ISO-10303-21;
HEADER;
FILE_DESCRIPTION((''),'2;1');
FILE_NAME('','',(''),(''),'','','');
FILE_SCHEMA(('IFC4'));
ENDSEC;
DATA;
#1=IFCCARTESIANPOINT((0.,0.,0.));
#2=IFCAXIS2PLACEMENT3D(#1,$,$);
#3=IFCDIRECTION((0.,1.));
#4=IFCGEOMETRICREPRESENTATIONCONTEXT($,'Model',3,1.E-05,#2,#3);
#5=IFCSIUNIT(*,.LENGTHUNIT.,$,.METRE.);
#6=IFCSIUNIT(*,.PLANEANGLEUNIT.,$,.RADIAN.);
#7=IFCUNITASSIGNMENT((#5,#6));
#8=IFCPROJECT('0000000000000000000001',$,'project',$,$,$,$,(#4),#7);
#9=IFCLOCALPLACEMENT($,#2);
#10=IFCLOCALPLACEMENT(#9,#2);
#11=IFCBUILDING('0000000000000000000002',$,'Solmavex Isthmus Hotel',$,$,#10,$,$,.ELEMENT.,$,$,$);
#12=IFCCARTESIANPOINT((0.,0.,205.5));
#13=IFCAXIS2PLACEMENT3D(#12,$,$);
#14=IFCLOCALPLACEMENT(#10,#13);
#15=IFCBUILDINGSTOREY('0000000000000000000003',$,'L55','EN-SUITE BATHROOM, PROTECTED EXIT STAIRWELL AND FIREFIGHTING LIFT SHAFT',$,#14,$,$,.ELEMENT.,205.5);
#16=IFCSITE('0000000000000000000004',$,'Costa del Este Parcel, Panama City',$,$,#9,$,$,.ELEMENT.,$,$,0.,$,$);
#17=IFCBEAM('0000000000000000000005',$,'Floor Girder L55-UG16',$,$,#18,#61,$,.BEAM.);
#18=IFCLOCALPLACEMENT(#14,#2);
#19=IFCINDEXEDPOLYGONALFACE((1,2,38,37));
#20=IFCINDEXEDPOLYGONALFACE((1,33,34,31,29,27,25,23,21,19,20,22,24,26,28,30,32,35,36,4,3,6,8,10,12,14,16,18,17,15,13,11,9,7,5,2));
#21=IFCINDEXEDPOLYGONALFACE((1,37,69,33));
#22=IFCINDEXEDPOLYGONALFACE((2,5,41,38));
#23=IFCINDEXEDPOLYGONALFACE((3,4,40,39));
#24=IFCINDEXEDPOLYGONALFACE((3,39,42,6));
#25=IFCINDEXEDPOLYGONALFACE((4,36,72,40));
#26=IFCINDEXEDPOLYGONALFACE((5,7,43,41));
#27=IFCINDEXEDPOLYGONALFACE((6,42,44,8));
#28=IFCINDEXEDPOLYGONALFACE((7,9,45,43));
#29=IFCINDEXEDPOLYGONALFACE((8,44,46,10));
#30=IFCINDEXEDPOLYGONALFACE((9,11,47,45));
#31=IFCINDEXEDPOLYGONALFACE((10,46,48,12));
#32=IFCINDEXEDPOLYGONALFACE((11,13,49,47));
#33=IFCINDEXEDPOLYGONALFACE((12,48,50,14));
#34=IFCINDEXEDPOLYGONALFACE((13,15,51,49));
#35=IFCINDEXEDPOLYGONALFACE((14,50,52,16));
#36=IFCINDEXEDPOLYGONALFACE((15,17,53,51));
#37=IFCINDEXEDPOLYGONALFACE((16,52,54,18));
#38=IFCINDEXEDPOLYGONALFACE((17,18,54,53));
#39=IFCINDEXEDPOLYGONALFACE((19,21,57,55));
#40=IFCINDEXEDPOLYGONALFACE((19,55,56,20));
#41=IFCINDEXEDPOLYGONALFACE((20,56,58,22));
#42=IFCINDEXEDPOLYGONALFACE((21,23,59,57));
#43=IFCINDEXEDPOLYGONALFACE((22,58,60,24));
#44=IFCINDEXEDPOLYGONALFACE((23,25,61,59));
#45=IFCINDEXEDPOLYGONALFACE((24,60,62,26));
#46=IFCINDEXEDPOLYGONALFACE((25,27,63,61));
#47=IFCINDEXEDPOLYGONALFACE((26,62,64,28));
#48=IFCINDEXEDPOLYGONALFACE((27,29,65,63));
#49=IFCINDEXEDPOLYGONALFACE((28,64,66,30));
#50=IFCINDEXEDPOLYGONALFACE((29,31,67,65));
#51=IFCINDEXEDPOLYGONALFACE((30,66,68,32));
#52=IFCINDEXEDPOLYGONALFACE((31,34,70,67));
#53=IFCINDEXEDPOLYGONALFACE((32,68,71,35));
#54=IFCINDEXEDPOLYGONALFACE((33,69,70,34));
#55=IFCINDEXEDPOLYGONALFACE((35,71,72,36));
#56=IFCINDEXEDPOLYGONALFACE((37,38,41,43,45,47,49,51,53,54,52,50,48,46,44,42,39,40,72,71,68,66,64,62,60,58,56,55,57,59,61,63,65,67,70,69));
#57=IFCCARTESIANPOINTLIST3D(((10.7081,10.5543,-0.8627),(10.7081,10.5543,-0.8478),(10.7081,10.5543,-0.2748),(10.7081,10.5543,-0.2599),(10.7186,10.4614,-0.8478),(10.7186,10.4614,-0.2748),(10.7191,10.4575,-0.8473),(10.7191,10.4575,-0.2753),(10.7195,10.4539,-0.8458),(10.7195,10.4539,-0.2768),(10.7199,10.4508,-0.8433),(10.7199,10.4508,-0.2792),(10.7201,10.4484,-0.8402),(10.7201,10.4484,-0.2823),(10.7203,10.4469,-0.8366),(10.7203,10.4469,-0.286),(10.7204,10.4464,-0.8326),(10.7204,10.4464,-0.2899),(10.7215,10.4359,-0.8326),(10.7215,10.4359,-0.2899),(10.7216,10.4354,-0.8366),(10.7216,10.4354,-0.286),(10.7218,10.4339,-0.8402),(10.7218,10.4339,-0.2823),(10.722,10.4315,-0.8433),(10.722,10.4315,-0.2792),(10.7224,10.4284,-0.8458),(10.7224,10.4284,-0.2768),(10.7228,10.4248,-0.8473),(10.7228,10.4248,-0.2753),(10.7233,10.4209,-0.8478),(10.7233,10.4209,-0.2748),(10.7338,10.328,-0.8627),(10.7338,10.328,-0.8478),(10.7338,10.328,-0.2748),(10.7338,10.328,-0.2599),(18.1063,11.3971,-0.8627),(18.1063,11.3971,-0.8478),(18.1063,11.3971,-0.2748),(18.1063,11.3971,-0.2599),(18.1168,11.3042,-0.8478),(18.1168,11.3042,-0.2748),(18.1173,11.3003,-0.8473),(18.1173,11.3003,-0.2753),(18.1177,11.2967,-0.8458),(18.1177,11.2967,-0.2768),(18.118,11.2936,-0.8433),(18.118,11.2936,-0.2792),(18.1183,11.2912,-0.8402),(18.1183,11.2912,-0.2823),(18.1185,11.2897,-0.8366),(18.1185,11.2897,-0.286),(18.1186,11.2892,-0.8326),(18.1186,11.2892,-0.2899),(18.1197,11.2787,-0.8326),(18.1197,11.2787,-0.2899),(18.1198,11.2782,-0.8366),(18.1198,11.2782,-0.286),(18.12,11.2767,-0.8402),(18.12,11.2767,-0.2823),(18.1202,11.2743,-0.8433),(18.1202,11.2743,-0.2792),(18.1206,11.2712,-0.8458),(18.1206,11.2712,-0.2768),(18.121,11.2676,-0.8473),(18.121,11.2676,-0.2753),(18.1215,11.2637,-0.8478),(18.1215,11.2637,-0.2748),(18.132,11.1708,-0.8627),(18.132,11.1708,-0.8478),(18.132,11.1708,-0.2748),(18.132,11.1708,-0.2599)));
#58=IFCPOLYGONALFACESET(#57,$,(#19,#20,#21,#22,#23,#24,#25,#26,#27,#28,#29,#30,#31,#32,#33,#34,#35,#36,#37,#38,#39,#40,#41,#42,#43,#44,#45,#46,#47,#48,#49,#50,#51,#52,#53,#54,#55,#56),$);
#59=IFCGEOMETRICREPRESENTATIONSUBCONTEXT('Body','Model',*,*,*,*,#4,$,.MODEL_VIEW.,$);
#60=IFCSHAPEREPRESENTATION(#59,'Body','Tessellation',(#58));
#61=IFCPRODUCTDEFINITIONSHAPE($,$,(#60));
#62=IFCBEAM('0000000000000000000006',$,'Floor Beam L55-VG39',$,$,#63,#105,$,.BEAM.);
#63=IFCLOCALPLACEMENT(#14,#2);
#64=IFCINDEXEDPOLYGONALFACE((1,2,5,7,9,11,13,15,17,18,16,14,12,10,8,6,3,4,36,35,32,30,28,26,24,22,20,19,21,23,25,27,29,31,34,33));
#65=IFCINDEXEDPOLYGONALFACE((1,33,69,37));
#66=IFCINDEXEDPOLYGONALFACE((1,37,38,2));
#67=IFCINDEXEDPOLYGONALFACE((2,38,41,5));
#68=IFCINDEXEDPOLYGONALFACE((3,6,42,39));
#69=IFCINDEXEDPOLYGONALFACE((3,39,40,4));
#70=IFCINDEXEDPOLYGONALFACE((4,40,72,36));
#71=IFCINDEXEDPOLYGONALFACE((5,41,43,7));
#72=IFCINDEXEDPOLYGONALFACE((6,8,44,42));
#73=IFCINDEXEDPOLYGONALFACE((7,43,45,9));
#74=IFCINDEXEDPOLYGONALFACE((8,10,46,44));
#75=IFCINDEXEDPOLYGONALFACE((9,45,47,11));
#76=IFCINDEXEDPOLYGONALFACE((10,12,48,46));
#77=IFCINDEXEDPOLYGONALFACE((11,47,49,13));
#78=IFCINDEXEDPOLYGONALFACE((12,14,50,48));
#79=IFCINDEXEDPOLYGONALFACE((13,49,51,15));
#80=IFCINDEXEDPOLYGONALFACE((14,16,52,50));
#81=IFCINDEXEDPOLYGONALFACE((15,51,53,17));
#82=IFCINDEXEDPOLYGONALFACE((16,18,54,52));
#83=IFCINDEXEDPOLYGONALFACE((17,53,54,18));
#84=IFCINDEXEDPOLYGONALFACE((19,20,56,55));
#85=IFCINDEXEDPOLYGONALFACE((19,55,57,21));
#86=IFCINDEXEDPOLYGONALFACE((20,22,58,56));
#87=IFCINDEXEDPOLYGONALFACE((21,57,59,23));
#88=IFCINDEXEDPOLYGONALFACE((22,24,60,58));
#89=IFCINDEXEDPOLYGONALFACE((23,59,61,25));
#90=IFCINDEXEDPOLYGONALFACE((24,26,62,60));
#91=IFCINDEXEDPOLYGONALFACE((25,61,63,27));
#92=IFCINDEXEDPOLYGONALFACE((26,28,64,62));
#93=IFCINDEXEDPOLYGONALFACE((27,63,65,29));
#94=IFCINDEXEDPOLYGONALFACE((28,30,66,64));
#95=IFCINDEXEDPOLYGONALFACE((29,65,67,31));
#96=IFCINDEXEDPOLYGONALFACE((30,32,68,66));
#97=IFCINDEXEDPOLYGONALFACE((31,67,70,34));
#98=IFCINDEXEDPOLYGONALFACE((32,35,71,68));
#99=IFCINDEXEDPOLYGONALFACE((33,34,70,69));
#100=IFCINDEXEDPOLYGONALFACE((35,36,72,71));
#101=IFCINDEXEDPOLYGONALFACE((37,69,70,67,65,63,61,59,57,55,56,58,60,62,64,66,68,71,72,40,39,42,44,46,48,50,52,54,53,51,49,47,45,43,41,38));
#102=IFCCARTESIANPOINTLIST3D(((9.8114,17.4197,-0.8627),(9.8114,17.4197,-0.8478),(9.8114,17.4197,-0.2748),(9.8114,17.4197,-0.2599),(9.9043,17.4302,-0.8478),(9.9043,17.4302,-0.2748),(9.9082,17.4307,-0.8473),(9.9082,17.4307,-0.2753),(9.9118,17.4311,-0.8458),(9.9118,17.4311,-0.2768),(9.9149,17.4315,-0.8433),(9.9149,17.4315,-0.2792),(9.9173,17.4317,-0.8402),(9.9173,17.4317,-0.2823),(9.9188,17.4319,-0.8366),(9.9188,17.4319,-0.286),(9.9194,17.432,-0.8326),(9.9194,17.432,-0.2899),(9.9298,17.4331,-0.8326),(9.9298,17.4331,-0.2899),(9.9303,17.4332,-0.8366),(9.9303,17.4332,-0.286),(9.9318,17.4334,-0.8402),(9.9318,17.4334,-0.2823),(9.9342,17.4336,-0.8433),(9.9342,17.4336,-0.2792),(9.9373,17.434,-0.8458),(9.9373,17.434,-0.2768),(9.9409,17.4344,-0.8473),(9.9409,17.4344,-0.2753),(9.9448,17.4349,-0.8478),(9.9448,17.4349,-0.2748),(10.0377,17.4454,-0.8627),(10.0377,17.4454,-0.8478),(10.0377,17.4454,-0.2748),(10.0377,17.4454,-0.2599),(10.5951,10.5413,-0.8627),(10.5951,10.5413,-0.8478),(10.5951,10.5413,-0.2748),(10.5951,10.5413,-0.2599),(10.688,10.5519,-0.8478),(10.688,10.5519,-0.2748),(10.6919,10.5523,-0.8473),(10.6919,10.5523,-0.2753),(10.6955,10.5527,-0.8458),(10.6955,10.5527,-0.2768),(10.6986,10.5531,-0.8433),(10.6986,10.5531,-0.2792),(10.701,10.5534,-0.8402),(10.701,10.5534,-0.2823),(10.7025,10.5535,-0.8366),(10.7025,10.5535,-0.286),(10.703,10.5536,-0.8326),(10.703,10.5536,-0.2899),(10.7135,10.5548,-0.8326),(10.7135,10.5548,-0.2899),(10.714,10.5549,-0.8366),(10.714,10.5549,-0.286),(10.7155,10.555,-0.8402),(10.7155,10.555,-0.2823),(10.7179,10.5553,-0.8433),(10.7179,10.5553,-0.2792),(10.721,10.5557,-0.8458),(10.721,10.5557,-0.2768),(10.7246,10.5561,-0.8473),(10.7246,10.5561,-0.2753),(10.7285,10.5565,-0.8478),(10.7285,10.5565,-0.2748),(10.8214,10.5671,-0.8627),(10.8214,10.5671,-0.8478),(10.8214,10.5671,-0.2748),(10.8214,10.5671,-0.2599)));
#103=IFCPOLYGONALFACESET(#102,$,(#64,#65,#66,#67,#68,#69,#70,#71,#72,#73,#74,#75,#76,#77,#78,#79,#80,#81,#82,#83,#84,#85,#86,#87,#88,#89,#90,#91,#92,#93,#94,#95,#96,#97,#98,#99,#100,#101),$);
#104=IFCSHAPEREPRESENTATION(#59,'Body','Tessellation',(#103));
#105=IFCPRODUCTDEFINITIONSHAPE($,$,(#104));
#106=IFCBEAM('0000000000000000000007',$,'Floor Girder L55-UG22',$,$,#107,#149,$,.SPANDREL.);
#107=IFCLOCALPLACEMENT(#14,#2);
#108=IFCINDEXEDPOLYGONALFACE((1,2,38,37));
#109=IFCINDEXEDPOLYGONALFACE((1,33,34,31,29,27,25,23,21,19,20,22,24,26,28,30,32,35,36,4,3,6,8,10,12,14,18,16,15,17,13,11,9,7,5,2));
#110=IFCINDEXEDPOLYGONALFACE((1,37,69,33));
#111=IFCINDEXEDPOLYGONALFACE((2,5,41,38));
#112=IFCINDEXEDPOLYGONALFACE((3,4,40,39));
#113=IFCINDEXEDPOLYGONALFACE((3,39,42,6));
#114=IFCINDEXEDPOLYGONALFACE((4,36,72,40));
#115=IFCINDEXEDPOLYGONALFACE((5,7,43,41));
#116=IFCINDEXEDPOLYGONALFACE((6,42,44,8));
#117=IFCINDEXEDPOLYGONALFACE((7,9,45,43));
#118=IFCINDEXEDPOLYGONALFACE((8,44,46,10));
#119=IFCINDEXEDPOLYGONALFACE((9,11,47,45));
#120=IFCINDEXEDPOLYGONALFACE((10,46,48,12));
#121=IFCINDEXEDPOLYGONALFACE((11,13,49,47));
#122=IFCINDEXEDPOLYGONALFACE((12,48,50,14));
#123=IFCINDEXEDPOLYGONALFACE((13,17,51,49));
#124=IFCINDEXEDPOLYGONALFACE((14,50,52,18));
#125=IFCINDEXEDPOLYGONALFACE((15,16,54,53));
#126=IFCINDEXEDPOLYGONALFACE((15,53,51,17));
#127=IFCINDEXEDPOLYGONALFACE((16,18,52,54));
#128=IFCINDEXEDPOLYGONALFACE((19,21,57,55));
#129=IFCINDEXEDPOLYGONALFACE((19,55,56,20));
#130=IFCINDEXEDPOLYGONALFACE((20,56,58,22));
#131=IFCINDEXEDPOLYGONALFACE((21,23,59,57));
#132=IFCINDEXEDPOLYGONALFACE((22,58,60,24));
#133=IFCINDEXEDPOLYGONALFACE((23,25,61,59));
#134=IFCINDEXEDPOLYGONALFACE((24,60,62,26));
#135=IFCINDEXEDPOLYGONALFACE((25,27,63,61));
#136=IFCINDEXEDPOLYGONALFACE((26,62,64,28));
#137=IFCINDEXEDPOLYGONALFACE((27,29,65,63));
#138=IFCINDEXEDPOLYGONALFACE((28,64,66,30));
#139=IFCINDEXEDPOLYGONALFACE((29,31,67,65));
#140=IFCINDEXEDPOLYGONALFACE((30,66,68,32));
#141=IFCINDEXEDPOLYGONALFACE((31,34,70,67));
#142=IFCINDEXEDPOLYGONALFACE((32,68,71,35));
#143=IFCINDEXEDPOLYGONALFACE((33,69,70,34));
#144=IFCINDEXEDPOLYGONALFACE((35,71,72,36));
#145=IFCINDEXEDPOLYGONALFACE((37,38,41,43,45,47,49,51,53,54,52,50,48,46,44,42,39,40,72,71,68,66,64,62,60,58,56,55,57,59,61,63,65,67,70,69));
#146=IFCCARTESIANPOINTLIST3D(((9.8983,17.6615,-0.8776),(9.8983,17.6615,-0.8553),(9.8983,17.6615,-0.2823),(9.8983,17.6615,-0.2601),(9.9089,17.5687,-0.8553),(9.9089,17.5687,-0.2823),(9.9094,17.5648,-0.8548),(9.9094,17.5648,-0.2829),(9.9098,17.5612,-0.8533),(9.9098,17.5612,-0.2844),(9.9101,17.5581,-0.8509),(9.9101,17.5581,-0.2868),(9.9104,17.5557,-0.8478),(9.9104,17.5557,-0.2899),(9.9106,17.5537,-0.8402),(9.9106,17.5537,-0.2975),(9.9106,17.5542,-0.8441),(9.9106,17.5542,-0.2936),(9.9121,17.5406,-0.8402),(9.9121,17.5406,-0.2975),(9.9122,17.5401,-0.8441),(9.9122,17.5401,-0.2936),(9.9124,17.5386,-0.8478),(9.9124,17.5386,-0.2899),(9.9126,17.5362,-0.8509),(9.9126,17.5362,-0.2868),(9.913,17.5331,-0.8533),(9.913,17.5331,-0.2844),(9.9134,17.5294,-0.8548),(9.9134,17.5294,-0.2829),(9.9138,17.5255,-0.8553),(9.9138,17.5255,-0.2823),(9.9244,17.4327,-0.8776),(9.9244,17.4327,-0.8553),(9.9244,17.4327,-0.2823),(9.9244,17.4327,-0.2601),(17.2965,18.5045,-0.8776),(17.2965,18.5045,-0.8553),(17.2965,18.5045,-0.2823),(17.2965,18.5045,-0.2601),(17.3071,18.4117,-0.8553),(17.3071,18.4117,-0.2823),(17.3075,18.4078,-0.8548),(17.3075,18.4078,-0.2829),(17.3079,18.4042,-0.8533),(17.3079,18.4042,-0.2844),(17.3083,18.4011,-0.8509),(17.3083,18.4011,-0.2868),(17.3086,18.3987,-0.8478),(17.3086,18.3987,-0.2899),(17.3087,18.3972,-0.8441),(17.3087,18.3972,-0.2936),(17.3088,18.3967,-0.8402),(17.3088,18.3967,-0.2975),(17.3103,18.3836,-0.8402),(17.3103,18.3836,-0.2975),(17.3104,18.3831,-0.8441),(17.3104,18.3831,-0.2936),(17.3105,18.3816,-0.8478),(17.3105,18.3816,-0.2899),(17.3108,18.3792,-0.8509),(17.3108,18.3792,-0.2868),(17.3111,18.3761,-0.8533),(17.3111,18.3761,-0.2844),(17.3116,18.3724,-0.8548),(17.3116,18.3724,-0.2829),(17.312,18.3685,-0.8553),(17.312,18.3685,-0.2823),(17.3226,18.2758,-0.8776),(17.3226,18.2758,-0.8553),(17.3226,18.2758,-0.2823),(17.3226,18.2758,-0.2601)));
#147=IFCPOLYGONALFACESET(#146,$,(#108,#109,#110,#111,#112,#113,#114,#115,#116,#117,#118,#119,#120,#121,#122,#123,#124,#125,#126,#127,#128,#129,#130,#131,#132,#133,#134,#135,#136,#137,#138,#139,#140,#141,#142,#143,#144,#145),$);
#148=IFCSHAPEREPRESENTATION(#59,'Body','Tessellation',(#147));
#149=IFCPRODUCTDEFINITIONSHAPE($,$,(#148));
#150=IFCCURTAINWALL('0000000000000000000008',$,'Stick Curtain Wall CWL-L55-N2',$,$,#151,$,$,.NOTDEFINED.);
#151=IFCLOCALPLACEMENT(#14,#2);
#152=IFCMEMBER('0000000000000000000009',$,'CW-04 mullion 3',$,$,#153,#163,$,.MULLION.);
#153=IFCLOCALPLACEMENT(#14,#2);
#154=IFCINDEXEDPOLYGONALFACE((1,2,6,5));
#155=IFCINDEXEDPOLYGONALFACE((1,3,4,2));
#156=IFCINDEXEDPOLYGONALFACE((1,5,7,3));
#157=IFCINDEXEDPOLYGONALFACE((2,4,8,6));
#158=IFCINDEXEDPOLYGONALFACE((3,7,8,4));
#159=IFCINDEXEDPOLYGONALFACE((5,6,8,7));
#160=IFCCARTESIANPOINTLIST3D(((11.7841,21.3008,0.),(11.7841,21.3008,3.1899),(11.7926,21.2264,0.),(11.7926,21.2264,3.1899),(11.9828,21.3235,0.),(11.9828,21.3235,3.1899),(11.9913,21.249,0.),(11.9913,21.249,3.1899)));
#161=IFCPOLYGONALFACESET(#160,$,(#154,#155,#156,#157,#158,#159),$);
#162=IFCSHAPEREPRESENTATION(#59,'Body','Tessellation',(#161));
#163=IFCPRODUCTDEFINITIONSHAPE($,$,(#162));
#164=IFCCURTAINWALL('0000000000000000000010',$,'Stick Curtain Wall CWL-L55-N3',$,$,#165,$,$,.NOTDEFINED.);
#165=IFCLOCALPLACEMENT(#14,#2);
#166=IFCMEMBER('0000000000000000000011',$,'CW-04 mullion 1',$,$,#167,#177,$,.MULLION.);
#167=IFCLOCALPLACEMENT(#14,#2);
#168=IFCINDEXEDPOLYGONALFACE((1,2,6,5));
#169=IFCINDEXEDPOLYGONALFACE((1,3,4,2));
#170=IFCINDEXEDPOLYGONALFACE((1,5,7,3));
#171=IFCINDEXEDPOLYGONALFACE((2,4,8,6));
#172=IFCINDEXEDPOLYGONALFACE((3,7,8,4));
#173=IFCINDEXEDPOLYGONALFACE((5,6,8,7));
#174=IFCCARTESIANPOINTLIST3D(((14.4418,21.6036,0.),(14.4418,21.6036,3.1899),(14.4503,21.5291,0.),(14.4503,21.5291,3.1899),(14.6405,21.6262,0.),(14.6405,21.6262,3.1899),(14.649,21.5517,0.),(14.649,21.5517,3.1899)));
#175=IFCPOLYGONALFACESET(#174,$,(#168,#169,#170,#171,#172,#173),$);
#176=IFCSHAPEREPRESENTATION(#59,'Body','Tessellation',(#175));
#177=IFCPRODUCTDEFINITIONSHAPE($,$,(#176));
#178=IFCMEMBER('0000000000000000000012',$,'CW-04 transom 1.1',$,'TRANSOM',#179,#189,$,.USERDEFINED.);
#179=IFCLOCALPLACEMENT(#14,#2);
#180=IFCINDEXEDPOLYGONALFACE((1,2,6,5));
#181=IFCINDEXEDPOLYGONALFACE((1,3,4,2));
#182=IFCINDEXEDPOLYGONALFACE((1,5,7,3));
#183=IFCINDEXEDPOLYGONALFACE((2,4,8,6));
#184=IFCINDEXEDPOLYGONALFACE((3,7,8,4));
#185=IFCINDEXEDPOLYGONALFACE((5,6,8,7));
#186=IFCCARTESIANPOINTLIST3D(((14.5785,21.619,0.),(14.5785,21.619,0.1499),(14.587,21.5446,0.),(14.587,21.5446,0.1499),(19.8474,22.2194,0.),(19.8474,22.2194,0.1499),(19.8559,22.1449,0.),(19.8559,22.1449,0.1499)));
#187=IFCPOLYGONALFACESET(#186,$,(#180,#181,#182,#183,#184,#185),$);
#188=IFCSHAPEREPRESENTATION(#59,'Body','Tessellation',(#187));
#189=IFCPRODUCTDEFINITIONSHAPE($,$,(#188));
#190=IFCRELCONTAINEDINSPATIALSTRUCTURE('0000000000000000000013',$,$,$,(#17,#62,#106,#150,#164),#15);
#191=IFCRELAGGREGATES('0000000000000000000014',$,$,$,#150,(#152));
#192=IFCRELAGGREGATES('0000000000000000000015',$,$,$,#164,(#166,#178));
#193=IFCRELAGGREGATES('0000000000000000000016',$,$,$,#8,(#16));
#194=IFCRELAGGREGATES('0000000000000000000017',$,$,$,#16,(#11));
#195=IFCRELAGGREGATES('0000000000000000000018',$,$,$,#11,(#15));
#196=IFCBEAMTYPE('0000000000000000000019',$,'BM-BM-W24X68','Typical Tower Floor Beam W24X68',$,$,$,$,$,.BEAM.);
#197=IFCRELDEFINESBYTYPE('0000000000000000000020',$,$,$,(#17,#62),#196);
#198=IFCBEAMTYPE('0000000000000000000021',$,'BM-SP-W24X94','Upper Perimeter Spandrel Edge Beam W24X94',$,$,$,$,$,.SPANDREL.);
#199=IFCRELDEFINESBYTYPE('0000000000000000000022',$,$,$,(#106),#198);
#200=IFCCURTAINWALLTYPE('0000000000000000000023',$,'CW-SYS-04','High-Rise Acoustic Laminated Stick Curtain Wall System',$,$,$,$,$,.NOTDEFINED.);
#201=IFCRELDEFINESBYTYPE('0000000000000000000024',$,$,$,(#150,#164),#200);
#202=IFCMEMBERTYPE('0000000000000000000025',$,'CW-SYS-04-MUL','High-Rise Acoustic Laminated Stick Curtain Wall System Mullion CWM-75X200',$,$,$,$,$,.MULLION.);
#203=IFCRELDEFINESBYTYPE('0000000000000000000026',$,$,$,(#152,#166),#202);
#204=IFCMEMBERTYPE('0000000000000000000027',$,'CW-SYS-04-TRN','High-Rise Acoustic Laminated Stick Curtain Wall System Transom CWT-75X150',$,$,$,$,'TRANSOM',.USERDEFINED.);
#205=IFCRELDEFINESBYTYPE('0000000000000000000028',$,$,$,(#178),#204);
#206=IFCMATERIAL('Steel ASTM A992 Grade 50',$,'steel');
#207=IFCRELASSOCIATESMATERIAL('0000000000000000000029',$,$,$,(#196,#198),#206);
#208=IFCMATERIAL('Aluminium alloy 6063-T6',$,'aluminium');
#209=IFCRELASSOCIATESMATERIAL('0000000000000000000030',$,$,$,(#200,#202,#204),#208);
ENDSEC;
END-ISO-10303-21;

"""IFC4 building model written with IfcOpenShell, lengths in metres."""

from ifc_helpers import new_model, si_unit, direction, frame, origin, origin_2d, place, context, subcontext, project, spatial, rectangle, i_section, extrude, material, material_profile, profile_set, type_object, element, aggregate, save


model = new_model("IFC4")

# Units and contexts
model_context = context("Model", 3, precision=1e-05, world=origin(), true_north=direction((0.0, 1.0)))
body_context = subcontext(model_context, "Body", "Model", "MODEL_VIEW")
ifc_project = project(units=[si_unit("LENGTHUNIT", "METRE"), si_unit("PLANEANGLEUNIT", "RADIAN")], contexts=[model_context])

# Site, building, storey
site_placement = place(None, origin())
site = spatial("IfcSite", under=ifc_project, at=site_placement, Name="Costa del Este Parcel, Panama City", CompositionType="ELEMENT", RefElevation=0.0)
building_placement = place(site_placement, origin())
building = spatial("IfcBuilding", under=site, at=building_placement, Name="Solmavex Isthmus Hotel", CompositionType="ELEMENT")
storey_placement = place(building_placement, frame((0.0, 0.0, 205.5)))
storey = spatial("IfcBuildingStorey", under=building, at=storey_placement, Name="L55", Description="EN-SUITE BATHROOM, PROTECTED EXIT STAIRWELL AND FIREFIGHTING LIFT SHAFT", CompositionType="ELEMENT", Elevation=205.5)

# Beams
ifc_material_1 = material(Name="Steel ASTM A992 Grade 50", Category="steel")
ifc_material_profile_1 = material_profile(ifc_material_1, i_section(OverallWidth=0.2278, OverallDepth=0.6028, WebThickness=0.0105, FlangeThickness=0.0149, FilletRadius=0.0151, at=origin_2d()), Name="W24X68")
ifc_profile_set_1 = profile_set([ifc_material_profile_1], Name="Steel ASTM A992 Grade 50")
beam_type_1 = type_object("IfcBeamType", Name="BM-BM-W24X68", Description="Typical Tower Floor Beam W24X68", PredefinedType="BEAM", material=ifc_profile_set_1)
beam_1_placement = place(storey_placement, frame((10.7209, 10.4412, -0.5613), z_axis=(0.993574, 0.113184, 0.0), x_axis=(-0.113184, 0.993574, 0.0)))
element("IfcBeam", 1, at=beam_1_placement, inside=storey, type_object=beam_type_1, Name="Floor Girder L55-UG16", PredefinedType="BEAM", context=body_context, shape_type="SweptSolid", body=[
    extrude(i_section(OverallWidth=0.2278, OverallDepth=0.6028, WebThickness=0.0105, FlangeThickness=0.0149, FilletRadius=0.0151, at=origin_2d()), origin(), (0.0, 0.0, 1.0), 7.446),
])
beam_2_placement = place(storey_placement, frame((10.7083, 10.5542, -0.5613), z_axis=(-0.113202, 0.993572, 0.0), x_axis=(-0.993572, -0.113202, 0.0)))
element("IfcBeam", 2, at=beam_2_placement, inside=storey, type_object=beam_type_1, Name="Floor Beam L55-VG39", PredefinedType="BEAM", context=body_context, shape_type="SweptSolid", body=[
    extrude(i_section(OverallWidth=0.2278, OverallDepth=0.6028, WebThickness=0.0105, FlangeThickness=0.0149, FilletRadius=0.0151, at=origin_2d()), origin(), (0.0, 0.0, 1.0), 6.9229),
])
ifc_material_profile_2 = material_profile(ifc_material_1, i_section(OverallWidth=0.2302, OverallDepth=0.6174, WebThickness=0.0132, FlangeThickness=0.0222, FilletRadius=0.0151, at=origin_2d()), Name="W24X94")
ifc_profile_set_2 = profile_set([ifc_material_profile_2], Name="Steel ASTM A992 Grade 50")
beam_type_2 = type_object("IfcBeamType", Name="BM-SP-W24X94", Description="Upper Perimeter Spandrel Edge Beam W24X94", PredefinedType="SPANDREL", material=ifc_profile_set_2)
beam_3_placement = place(storey_placement, frame((9.9114, 17.5471, -0.5688), z_axis=(0.99357, 0.113216, 0.0), x_axis=(-0.113216, 0.99357, 0.0)))
element("IfcBeam", 3, at=beam_3_placement, inside=storey, type_object=beam_type_2, Name="Floor Girder L55-UG22", PredefinedType="SPANDREL", context=body_context, shape_type="SweptSolid", body=[
    extrude(i_section(OverallWidth=0.2302, OverallDepth=0.6174, WebThickness=0.0132, FlangeThickness=0.0222, FilletRadius=0.0151, at=origin_2d()), origin(), (0.0, 0.0, 1.0), 7.446),
])

# Curtain wall, member
ifc_material_2 = material(Name="Aluminium alloy 6063-T6", Category="aluminium")
curtain_wall_type = type_object("IfcCurtainWallType", Name="CW-SYS-04", Description="High-Rise Acoustic Laminated Stick Curtain Wall System", PredefinedType="NOTDEFINED", material=ifc_material_2)
curtain_wall_1_placement = place(storey_placement, origin())
curtain_wall_1 = element("IfcCurtainWall", 4, at=curtain_wall_1_placement, inside=storey, type_object=curtain_wall_type, Name="Stick Curtain Wall CWL-L55-N2", PredefinedType="NOTDEFINED")
ifc_material_profile_3 = material_profile(ifc_material_2, rectangle(XDim=0.075, YDim=0.2, at=origin_2d()), Name="CWM-75X200")
ifc_profile_set_3 = profile_set([ifc_material_profile_3], Name="Aluminium alloy 6063-T6")
member_type_1 = type_object("IfcMemberType", Name="CW-SYS-04-MUL", Description="High-Rise Acoustic Laminated Stick Curtain Wall System Mullion CWM-75X200", PredefinedType="MULLION", material=ifc_profile_set_3)
member_1_placement = place(storey_placement, frame((11.8877, 21.2749, 0.0), z_axis=(0.0, 0.0, 1.0), x_axis=(-0.113203, 0.993572, 0.0)))
member_1 = element("IfcMember", 5, at=member_1_placement, type_object=member_type_1, Name="CW-04 mullion 3", PredefinedType="MULLION", context=body_context, shape_type="SweptSolid", body=[
    extrude(rectangle(XDim=0.075, YDim=0.2, at=origin_2d()), origin(), (0.0, 0.0, 1.0), 3.1899),
])

# Curtain wall, members
curtain_wall_2_placement = place(storey_placement, origin())
curtain_wall_2 = element("IfcCurtainWall", 6, at=curtain_wall_2_placement, inside=storey, type_object=curtain_wall_type, Name="Stick Curtain Wall CWL-L55-N3", PredefinedType="NOTDEFINED")
member_2_placement = place(storey_placement, frame((14.5454, 21.5776, 0.0), z_axis=(0.0, 0.0, 1.0), x_axis=(-0.113204, 0.993572, 0.0)))
member_2 = element("IfcMember", 7, at=member_2_placement, type_object=member_type_1, Name="CW-04 mullion 1", PredefinedType="MULLION", context=body_context, shape_type="SweptSolid", body=[
    extrude(rectangle(XDim=0.075, YDim=0.2, at=origin_2d()), origin(), (0.0, 0.0, 1.0), 3.1899),
])
ifc_material_profile_4 = material_profile(ifc_material_2, rectangle(XDim=0.075, YDim=0.1499, at=origin_2d()), Name="CWT-75X150")
ifc_profile_set_4 = profile_set([ifc_material_profile_4], Name="Aluminium alloy 6063-T6")
member_type_2 = type_object("IfcMemberType", Name="CW-SYS-04-TRN", Description="High-Rise Acoustic Laminated Stick Curtain Wall System Transom CWT-75X150", ElementType="TRANSOM", PredefinedType="USERDEFINED", material=ifc_profile_set_4)
member_3_placement = place(storey_placement, frame((14.5828, 21.5818, 0.075), z_axis=(0.993571, 0.11321, 0.0), x_axis=(-0.11321, 0.993571, 0.0)))
member_3 = element("IfcMember", 8, at=member_3_placement, type_object=member_type_2, Name="CW-04 transom 1.1", ObjectType="TRANSOM", PredefinedType="USERDEFINED", context=body_context, shape_type="SweptSolid", body=[
    extrude(rectangle(XDim=0.075, YDim=0.1499, at=origin_2d()), origin(), (0.0, 0.0, 1.0), 5.303),
])

aggregate(curtain_wall_1, [member_1])
aggregate(curtain_wall_2, [member_2, member_3])

save(model, "model.ifc")
